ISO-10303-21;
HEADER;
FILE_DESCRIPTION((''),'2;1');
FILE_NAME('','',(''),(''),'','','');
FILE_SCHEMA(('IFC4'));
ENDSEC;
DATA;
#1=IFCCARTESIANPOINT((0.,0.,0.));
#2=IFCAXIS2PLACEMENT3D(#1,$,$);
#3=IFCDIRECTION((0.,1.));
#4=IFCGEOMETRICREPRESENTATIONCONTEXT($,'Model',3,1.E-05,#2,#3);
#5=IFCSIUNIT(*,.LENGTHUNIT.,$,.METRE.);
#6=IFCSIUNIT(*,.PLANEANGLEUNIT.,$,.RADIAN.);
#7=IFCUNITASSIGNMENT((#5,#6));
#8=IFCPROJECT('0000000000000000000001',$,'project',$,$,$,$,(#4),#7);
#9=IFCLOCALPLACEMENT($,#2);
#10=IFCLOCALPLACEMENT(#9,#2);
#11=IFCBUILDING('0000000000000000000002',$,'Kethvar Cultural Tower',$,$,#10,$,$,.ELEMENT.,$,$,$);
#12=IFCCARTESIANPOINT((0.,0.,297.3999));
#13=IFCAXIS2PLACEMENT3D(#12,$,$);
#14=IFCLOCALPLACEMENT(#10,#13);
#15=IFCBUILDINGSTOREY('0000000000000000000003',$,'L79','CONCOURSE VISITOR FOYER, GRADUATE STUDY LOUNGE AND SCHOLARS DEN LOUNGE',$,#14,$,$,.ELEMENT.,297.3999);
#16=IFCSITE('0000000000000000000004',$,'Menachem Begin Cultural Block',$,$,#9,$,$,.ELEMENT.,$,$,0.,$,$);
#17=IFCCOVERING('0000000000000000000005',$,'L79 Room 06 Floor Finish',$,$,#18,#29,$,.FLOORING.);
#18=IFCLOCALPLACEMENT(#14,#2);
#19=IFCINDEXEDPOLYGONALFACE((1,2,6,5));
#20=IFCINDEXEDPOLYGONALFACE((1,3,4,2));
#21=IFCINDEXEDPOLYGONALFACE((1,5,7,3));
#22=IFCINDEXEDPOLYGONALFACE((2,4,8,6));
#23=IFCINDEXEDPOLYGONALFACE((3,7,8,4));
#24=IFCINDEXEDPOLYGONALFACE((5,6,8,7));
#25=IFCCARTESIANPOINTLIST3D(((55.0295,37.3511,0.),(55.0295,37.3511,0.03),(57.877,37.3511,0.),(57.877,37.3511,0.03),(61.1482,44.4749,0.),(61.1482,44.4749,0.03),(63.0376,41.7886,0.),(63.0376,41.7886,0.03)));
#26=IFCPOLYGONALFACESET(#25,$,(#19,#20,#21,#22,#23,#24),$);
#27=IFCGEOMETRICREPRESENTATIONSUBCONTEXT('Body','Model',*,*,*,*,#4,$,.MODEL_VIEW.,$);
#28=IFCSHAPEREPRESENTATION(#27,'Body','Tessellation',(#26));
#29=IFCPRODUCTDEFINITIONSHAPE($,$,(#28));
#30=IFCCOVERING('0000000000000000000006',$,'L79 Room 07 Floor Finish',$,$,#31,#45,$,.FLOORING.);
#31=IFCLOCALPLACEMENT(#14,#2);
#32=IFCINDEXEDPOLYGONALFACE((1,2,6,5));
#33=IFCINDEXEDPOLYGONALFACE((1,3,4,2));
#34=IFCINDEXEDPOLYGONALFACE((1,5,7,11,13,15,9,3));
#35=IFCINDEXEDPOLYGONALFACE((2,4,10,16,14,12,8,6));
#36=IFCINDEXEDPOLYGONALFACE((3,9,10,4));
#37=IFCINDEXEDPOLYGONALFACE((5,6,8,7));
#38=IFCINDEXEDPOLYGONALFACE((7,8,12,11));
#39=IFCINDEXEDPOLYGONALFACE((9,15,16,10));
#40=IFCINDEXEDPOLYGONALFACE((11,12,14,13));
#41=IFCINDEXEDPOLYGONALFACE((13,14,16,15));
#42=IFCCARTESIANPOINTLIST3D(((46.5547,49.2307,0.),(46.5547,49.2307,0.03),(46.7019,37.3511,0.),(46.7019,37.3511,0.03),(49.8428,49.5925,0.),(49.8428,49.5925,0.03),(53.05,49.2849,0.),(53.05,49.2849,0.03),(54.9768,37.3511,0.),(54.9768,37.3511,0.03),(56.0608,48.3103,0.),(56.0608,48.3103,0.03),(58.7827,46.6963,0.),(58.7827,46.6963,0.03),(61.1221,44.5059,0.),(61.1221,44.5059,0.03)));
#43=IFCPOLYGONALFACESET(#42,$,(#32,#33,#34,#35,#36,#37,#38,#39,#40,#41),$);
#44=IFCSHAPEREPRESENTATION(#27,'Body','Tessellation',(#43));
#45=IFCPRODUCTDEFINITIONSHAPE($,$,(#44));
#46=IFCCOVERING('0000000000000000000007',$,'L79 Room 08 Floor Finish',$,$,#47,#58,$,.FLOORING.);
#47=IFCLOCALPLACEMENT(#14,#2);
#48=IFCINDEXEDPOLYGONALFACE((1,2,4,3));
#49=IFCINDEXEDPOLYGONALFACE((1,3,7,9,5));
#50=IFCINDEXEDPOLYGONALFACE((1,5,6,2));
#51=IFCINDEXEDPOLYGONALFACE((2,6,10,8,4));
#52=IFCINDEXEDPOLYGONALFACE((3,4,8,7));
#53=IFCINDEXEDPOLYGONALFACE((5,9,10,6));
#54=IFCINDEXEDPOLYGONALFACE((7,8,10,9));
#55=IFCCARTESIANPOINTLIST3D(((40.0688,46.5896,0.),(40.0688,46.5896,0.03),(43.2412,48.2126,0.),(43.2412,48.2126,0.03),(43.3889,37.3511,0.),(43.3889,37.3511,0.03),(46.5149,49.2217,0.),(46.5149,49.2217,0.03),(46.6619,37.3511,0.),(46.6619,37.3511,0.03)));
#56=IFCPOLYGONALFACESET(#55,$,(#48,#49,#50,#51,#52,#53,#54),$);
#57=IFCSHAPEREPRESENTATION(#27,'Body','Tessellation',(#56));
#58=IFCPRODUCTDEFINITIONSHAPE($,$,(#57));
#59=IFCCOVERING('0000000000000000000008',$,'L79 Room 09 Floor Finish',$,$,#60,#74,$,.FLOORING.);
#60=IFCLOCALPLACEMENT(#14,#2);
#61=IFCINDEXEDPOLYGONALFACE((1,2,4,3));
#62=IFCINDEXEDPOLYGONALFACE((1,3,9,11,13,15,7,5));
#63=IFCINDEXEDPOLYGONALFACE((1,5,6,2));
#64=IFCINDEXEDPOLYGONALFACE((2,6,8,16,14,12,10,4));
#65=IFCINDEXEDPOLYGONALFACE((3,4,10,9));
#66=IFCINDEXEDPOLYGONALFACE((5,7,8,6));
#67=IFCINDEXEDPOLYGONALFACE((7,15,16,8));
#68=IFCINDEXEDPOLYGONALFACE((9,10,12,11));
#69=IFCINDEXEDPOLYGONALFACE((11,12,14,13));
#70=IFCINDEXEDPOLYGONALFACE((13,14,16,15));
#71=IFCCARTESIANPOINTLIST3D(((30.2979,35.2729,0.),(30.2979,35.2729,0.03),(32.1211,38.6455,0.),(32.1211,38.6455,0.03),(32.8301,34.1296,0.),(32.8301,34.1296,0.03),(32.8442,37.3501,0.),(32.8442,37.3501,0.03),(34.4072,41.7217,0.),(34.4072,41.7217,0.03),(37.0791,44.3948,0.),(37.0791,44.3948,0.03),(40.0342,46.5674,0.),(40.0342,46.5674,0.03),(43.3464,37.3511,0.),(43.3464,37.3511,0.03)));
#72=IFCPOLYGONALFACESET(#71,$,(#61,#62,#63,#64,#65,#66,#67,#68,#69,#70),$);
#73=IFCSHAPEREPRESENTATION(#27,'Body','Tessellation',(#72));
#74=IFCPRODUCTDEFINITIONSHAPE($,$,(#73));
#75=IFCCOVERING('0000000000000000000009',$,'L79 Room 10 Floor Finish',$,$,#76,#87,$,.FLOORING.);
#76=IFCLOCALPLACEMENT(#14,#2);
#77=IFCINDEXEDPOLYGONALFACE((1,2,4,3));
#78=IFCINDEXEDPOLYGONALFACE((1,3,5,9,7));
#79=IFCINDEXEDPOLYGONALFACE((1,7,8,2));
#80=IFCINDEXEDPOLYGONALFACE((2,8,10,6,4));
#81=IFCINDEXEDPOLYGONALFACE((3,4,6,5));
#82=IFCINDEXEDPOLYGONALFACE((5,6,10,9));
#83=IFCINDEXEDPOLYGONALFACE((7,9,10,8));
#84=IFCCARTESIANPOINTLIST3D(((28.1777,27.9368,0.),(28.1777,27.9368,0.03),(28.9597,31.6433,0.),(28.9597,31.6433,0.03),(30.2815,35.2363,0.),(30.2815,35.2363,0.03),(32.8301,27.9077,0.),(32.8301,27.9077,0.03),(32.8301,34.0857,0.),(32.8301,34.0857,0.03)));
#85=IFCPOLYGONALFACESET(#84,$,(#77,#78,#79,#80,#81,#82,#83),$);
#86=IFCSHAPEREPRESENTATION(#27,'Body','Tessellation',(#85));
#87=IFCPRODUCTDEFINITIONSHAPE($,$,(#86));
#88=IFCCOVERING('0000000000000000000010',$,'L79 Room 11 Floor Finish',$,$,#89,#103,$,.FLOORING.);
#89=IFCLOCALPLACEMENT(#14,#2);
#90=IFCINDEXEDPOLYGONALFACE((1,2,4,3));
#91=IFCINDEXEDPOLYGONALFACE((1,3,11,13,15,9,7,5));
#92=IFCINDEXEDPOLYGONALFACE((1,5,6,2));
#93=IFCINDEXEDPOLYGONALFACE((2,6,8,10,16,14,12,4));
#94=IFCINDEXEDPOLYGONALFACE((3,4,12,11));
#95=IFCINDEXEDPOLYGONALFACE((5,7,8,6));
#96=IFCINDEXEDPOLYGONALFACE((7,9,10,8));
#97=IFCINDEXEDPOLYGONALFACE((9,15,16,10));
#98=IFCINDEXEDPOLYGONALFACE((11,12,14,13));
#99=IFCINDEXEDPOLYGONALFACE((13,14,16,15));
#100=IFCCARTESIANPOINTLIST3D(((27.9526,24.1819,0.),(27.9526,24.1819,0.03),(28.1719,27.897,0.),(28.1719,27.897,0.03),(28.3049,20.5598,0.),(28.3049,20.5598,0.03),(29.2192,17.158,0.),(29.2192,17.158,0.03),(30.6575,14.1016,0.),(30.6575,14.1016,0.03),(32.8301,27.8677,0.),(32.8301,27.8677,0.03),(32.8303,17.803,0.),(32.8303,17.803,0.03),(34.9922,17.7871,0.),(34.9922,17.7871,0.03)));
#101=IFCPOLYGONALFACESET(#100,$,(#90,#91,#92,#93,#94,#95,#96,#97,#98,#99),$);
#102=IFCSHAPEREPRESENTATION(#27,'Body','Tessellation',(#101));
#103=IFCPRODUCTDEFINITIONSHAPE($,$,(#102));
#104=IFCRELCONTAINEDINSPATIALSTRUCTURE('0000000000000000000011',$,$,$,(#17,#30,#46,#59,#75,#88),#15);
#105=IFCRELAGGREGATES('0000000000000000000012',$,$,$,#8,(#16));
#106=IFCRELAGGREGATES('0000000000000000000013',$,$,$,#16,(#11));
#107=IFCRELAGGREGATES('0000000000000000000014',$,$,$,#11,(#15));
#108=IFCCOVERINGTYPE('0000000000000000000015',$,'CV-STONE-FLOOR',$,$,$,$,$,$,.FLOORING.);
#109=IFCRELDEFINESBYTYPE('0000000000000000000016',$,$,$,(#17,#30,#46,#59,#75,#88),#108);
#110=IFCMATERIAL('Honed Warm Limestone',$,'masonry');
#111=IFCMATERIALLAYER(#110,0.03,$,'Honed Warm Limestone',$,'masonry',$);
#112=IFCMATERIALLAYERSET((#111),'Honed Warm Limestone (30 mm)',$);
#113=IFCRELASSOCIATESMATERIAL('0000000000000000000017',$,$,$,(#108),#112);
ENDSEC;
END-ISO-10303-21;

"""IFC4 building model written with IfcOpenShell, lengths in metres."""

from ifc_helpers import new_model, si_unit, direction, frame, origin, place, context, subcontext, project, spatial, polyline, outline, extrude, material, layer, layer_set, type_object, element, save


model = new_model("IFC4")

# Units and contexts
model_context = context("Model", 3, precision=1e-05, world=origin(), true_north=direction((0.0, 1.0)))
body_context = subcontext(model_context, "Body", "Model", "MODEL_VIEW")
ifc_project = project(units=[si_unit("LENGTHUNIT", "METRE"), si_unit("PLANEANGLEUNIT", "RADIAN")], contexts=[model_context])

# Site, building, storey
site_placement = place(None, origin())
site = spatial("IfcSite", under=ifc_project, at=site_placement, Name="Menachem Begin Cultural Block", CompositionType="ELEMENT", RefElevation=0.0)
building_placement = place(site_placement, origin())
building = spatial("IfcBuilding", under=site, at=building_placement, Name="Kethvar Cultural Tower", CompositionType="ELEMENT")
storey_placement = place(building_placement, frame((0.0, 0.0, 297.3999)))
storey = spatial("IfcBuildingStorey", under=building, at=storey_placement, Name="L79", Description="CONCOURSE VISITOR FOYER, GRADUATE STUDY LOUNGE AND SCHOLARS DEN LOUNGE", CompositionType="ELEMENT", Elevation=297.3999)

# Coverings
ifc_material_1 = material(Name="Honed Warm Limestone", Category="masonry")
ifc_layer_1 = layer(ifc_material_1, 0.03, Name="Honed Warm Limestone", Category="masonry")
ifc_layer_set_1 = layer_set([ifc_layer_1], Name="Honed Warm Limestone (30 mm)")
covering_type_1 = type_object("IfcCoveringType", Name="CV-STONE-FLOOR", PredefinedType="FLOORING", material=ifc_layer_set_1)
covering_1_placement = place(storey_placement, origin())
element("IfcCovering", 1, at=covering_1_placement, inside=storey, type_object=covering_type_1, Name="L79 Room 06 Floor Finish", PredefinedType="FLOORING", context=body_context, shape_type="SweptSolid", body=[
    extrude(outline(polyline([(63.0376, 41.7886), (57.877, 37.3511), (55.0295, 37.3511), (61.1482, 44.4749), (63.0376, 41.7886)])), origin(), (0.0, 0.0, 1.0), 0.03),
])
covering_2_placement = place(storey_placement, origin())
element("IfcCovering", 2, at=covering_2_placement, inside=storey, type_object=covering_type_1, Name="L79 Room 07 Floor Finish", PredefinedType="FLOORING", context=body_context, shape_type="SweptSolid", body=[
    extrude(outline(polyline([(61.1221, 44.5059), (54.9768, 37.3511), (46.7019, 37.3511), (46.5547, 49.2307), (49.8428, 49.5925), (53.05, 49.2849), (56.0608, 48.3103), (58.7827, 46.6963), (61.1221, 44.5059)])), origin(), (0.0, 0.0, 1.0), 0.03),
])
covering_3_placement = place(storey_placement, origin())
element("IfcCovering", 3, at=covering_3_placement, inside=storey, type_object=covering_type_1, Name="L79 Room 08 Floor Finish", PredefinedType="FLOORING", context=body_context, shape_type="SweptSolid", body=[
    extrude(outline(polyline([(43.2412, 48.2126), (46.5149, 49.2217), (46.6619, 37.3511), (43.3889, 37.3511), (40.0688, 46.5896), (43.2412, 48.2126)])), origin(), (0.0, 0.0, 1.0), 0.03),
])
covering_4_placement = place(storey_placement, origin())
element("IfcCovering", 4, at=covering_4_placement, inside=storey, type_object=covering_type_1, Name="L79 Room 09 Floor Finish", PredefinedType="FLOORING", context=body_context, shape_type="SweptSolid", body=[
    extrude(outline(polyline([(32.1211, 38.6455), (34.4072, 41.7217), (37.0791, 44.3948), (40.0342, 46.5674), (43.3464, 37.3511), (32.8442, 37.3501), (32.8301, 34.1296), (30.2979, 35.2729), (32.1211, 38.6455)])), origin(), (0.0, 0.0, 1.0), 0.03),
])
covering_5_placement = place(storey_placement, origin())
element("IfcCovering", 5, at=covering_5_placement, inside=storey, type_object=covering_type_1, Name="L79 Room 10 Floor Finish", PredefinedType="FLOORING", context=body_context, shape_type="SweptSolid", body=[
    extrude(outline(polyline([(28.9597, 31.6433), (30.2815, 35.2363), (32.8301, 34.0857), (32.8301, 27.9077), (28.1777, 27.9368), (28.9597, 31.6433)])), origin(), (0.0, 0.0, 1.0), 0.03),
])
covering_6_placement = place(storey_placement, origin())
element("IfcCovering", 6, at=covering_6_placement, inside=storey, type_object=covering_type_1, Name="L79 Room 11 Floor Finish", PredefinedType="FLOORING", context=body_context, shape_type="SweptSolid", body=[
    extrude(outline(polyline([(29.2192, 17.158), (28.3049, 20.5598), (27.9526, 24.1819), (28.1719, 27.897), (32.8301, 27.8677), (32.8303, 17.803), (34.9922, 17.7871), (30.6575, 14.1016), (29.2192, 17.158)])), origin(), (0.0, 0.0, 1.0), 0.03),
])

save(model, "model.ifc")
